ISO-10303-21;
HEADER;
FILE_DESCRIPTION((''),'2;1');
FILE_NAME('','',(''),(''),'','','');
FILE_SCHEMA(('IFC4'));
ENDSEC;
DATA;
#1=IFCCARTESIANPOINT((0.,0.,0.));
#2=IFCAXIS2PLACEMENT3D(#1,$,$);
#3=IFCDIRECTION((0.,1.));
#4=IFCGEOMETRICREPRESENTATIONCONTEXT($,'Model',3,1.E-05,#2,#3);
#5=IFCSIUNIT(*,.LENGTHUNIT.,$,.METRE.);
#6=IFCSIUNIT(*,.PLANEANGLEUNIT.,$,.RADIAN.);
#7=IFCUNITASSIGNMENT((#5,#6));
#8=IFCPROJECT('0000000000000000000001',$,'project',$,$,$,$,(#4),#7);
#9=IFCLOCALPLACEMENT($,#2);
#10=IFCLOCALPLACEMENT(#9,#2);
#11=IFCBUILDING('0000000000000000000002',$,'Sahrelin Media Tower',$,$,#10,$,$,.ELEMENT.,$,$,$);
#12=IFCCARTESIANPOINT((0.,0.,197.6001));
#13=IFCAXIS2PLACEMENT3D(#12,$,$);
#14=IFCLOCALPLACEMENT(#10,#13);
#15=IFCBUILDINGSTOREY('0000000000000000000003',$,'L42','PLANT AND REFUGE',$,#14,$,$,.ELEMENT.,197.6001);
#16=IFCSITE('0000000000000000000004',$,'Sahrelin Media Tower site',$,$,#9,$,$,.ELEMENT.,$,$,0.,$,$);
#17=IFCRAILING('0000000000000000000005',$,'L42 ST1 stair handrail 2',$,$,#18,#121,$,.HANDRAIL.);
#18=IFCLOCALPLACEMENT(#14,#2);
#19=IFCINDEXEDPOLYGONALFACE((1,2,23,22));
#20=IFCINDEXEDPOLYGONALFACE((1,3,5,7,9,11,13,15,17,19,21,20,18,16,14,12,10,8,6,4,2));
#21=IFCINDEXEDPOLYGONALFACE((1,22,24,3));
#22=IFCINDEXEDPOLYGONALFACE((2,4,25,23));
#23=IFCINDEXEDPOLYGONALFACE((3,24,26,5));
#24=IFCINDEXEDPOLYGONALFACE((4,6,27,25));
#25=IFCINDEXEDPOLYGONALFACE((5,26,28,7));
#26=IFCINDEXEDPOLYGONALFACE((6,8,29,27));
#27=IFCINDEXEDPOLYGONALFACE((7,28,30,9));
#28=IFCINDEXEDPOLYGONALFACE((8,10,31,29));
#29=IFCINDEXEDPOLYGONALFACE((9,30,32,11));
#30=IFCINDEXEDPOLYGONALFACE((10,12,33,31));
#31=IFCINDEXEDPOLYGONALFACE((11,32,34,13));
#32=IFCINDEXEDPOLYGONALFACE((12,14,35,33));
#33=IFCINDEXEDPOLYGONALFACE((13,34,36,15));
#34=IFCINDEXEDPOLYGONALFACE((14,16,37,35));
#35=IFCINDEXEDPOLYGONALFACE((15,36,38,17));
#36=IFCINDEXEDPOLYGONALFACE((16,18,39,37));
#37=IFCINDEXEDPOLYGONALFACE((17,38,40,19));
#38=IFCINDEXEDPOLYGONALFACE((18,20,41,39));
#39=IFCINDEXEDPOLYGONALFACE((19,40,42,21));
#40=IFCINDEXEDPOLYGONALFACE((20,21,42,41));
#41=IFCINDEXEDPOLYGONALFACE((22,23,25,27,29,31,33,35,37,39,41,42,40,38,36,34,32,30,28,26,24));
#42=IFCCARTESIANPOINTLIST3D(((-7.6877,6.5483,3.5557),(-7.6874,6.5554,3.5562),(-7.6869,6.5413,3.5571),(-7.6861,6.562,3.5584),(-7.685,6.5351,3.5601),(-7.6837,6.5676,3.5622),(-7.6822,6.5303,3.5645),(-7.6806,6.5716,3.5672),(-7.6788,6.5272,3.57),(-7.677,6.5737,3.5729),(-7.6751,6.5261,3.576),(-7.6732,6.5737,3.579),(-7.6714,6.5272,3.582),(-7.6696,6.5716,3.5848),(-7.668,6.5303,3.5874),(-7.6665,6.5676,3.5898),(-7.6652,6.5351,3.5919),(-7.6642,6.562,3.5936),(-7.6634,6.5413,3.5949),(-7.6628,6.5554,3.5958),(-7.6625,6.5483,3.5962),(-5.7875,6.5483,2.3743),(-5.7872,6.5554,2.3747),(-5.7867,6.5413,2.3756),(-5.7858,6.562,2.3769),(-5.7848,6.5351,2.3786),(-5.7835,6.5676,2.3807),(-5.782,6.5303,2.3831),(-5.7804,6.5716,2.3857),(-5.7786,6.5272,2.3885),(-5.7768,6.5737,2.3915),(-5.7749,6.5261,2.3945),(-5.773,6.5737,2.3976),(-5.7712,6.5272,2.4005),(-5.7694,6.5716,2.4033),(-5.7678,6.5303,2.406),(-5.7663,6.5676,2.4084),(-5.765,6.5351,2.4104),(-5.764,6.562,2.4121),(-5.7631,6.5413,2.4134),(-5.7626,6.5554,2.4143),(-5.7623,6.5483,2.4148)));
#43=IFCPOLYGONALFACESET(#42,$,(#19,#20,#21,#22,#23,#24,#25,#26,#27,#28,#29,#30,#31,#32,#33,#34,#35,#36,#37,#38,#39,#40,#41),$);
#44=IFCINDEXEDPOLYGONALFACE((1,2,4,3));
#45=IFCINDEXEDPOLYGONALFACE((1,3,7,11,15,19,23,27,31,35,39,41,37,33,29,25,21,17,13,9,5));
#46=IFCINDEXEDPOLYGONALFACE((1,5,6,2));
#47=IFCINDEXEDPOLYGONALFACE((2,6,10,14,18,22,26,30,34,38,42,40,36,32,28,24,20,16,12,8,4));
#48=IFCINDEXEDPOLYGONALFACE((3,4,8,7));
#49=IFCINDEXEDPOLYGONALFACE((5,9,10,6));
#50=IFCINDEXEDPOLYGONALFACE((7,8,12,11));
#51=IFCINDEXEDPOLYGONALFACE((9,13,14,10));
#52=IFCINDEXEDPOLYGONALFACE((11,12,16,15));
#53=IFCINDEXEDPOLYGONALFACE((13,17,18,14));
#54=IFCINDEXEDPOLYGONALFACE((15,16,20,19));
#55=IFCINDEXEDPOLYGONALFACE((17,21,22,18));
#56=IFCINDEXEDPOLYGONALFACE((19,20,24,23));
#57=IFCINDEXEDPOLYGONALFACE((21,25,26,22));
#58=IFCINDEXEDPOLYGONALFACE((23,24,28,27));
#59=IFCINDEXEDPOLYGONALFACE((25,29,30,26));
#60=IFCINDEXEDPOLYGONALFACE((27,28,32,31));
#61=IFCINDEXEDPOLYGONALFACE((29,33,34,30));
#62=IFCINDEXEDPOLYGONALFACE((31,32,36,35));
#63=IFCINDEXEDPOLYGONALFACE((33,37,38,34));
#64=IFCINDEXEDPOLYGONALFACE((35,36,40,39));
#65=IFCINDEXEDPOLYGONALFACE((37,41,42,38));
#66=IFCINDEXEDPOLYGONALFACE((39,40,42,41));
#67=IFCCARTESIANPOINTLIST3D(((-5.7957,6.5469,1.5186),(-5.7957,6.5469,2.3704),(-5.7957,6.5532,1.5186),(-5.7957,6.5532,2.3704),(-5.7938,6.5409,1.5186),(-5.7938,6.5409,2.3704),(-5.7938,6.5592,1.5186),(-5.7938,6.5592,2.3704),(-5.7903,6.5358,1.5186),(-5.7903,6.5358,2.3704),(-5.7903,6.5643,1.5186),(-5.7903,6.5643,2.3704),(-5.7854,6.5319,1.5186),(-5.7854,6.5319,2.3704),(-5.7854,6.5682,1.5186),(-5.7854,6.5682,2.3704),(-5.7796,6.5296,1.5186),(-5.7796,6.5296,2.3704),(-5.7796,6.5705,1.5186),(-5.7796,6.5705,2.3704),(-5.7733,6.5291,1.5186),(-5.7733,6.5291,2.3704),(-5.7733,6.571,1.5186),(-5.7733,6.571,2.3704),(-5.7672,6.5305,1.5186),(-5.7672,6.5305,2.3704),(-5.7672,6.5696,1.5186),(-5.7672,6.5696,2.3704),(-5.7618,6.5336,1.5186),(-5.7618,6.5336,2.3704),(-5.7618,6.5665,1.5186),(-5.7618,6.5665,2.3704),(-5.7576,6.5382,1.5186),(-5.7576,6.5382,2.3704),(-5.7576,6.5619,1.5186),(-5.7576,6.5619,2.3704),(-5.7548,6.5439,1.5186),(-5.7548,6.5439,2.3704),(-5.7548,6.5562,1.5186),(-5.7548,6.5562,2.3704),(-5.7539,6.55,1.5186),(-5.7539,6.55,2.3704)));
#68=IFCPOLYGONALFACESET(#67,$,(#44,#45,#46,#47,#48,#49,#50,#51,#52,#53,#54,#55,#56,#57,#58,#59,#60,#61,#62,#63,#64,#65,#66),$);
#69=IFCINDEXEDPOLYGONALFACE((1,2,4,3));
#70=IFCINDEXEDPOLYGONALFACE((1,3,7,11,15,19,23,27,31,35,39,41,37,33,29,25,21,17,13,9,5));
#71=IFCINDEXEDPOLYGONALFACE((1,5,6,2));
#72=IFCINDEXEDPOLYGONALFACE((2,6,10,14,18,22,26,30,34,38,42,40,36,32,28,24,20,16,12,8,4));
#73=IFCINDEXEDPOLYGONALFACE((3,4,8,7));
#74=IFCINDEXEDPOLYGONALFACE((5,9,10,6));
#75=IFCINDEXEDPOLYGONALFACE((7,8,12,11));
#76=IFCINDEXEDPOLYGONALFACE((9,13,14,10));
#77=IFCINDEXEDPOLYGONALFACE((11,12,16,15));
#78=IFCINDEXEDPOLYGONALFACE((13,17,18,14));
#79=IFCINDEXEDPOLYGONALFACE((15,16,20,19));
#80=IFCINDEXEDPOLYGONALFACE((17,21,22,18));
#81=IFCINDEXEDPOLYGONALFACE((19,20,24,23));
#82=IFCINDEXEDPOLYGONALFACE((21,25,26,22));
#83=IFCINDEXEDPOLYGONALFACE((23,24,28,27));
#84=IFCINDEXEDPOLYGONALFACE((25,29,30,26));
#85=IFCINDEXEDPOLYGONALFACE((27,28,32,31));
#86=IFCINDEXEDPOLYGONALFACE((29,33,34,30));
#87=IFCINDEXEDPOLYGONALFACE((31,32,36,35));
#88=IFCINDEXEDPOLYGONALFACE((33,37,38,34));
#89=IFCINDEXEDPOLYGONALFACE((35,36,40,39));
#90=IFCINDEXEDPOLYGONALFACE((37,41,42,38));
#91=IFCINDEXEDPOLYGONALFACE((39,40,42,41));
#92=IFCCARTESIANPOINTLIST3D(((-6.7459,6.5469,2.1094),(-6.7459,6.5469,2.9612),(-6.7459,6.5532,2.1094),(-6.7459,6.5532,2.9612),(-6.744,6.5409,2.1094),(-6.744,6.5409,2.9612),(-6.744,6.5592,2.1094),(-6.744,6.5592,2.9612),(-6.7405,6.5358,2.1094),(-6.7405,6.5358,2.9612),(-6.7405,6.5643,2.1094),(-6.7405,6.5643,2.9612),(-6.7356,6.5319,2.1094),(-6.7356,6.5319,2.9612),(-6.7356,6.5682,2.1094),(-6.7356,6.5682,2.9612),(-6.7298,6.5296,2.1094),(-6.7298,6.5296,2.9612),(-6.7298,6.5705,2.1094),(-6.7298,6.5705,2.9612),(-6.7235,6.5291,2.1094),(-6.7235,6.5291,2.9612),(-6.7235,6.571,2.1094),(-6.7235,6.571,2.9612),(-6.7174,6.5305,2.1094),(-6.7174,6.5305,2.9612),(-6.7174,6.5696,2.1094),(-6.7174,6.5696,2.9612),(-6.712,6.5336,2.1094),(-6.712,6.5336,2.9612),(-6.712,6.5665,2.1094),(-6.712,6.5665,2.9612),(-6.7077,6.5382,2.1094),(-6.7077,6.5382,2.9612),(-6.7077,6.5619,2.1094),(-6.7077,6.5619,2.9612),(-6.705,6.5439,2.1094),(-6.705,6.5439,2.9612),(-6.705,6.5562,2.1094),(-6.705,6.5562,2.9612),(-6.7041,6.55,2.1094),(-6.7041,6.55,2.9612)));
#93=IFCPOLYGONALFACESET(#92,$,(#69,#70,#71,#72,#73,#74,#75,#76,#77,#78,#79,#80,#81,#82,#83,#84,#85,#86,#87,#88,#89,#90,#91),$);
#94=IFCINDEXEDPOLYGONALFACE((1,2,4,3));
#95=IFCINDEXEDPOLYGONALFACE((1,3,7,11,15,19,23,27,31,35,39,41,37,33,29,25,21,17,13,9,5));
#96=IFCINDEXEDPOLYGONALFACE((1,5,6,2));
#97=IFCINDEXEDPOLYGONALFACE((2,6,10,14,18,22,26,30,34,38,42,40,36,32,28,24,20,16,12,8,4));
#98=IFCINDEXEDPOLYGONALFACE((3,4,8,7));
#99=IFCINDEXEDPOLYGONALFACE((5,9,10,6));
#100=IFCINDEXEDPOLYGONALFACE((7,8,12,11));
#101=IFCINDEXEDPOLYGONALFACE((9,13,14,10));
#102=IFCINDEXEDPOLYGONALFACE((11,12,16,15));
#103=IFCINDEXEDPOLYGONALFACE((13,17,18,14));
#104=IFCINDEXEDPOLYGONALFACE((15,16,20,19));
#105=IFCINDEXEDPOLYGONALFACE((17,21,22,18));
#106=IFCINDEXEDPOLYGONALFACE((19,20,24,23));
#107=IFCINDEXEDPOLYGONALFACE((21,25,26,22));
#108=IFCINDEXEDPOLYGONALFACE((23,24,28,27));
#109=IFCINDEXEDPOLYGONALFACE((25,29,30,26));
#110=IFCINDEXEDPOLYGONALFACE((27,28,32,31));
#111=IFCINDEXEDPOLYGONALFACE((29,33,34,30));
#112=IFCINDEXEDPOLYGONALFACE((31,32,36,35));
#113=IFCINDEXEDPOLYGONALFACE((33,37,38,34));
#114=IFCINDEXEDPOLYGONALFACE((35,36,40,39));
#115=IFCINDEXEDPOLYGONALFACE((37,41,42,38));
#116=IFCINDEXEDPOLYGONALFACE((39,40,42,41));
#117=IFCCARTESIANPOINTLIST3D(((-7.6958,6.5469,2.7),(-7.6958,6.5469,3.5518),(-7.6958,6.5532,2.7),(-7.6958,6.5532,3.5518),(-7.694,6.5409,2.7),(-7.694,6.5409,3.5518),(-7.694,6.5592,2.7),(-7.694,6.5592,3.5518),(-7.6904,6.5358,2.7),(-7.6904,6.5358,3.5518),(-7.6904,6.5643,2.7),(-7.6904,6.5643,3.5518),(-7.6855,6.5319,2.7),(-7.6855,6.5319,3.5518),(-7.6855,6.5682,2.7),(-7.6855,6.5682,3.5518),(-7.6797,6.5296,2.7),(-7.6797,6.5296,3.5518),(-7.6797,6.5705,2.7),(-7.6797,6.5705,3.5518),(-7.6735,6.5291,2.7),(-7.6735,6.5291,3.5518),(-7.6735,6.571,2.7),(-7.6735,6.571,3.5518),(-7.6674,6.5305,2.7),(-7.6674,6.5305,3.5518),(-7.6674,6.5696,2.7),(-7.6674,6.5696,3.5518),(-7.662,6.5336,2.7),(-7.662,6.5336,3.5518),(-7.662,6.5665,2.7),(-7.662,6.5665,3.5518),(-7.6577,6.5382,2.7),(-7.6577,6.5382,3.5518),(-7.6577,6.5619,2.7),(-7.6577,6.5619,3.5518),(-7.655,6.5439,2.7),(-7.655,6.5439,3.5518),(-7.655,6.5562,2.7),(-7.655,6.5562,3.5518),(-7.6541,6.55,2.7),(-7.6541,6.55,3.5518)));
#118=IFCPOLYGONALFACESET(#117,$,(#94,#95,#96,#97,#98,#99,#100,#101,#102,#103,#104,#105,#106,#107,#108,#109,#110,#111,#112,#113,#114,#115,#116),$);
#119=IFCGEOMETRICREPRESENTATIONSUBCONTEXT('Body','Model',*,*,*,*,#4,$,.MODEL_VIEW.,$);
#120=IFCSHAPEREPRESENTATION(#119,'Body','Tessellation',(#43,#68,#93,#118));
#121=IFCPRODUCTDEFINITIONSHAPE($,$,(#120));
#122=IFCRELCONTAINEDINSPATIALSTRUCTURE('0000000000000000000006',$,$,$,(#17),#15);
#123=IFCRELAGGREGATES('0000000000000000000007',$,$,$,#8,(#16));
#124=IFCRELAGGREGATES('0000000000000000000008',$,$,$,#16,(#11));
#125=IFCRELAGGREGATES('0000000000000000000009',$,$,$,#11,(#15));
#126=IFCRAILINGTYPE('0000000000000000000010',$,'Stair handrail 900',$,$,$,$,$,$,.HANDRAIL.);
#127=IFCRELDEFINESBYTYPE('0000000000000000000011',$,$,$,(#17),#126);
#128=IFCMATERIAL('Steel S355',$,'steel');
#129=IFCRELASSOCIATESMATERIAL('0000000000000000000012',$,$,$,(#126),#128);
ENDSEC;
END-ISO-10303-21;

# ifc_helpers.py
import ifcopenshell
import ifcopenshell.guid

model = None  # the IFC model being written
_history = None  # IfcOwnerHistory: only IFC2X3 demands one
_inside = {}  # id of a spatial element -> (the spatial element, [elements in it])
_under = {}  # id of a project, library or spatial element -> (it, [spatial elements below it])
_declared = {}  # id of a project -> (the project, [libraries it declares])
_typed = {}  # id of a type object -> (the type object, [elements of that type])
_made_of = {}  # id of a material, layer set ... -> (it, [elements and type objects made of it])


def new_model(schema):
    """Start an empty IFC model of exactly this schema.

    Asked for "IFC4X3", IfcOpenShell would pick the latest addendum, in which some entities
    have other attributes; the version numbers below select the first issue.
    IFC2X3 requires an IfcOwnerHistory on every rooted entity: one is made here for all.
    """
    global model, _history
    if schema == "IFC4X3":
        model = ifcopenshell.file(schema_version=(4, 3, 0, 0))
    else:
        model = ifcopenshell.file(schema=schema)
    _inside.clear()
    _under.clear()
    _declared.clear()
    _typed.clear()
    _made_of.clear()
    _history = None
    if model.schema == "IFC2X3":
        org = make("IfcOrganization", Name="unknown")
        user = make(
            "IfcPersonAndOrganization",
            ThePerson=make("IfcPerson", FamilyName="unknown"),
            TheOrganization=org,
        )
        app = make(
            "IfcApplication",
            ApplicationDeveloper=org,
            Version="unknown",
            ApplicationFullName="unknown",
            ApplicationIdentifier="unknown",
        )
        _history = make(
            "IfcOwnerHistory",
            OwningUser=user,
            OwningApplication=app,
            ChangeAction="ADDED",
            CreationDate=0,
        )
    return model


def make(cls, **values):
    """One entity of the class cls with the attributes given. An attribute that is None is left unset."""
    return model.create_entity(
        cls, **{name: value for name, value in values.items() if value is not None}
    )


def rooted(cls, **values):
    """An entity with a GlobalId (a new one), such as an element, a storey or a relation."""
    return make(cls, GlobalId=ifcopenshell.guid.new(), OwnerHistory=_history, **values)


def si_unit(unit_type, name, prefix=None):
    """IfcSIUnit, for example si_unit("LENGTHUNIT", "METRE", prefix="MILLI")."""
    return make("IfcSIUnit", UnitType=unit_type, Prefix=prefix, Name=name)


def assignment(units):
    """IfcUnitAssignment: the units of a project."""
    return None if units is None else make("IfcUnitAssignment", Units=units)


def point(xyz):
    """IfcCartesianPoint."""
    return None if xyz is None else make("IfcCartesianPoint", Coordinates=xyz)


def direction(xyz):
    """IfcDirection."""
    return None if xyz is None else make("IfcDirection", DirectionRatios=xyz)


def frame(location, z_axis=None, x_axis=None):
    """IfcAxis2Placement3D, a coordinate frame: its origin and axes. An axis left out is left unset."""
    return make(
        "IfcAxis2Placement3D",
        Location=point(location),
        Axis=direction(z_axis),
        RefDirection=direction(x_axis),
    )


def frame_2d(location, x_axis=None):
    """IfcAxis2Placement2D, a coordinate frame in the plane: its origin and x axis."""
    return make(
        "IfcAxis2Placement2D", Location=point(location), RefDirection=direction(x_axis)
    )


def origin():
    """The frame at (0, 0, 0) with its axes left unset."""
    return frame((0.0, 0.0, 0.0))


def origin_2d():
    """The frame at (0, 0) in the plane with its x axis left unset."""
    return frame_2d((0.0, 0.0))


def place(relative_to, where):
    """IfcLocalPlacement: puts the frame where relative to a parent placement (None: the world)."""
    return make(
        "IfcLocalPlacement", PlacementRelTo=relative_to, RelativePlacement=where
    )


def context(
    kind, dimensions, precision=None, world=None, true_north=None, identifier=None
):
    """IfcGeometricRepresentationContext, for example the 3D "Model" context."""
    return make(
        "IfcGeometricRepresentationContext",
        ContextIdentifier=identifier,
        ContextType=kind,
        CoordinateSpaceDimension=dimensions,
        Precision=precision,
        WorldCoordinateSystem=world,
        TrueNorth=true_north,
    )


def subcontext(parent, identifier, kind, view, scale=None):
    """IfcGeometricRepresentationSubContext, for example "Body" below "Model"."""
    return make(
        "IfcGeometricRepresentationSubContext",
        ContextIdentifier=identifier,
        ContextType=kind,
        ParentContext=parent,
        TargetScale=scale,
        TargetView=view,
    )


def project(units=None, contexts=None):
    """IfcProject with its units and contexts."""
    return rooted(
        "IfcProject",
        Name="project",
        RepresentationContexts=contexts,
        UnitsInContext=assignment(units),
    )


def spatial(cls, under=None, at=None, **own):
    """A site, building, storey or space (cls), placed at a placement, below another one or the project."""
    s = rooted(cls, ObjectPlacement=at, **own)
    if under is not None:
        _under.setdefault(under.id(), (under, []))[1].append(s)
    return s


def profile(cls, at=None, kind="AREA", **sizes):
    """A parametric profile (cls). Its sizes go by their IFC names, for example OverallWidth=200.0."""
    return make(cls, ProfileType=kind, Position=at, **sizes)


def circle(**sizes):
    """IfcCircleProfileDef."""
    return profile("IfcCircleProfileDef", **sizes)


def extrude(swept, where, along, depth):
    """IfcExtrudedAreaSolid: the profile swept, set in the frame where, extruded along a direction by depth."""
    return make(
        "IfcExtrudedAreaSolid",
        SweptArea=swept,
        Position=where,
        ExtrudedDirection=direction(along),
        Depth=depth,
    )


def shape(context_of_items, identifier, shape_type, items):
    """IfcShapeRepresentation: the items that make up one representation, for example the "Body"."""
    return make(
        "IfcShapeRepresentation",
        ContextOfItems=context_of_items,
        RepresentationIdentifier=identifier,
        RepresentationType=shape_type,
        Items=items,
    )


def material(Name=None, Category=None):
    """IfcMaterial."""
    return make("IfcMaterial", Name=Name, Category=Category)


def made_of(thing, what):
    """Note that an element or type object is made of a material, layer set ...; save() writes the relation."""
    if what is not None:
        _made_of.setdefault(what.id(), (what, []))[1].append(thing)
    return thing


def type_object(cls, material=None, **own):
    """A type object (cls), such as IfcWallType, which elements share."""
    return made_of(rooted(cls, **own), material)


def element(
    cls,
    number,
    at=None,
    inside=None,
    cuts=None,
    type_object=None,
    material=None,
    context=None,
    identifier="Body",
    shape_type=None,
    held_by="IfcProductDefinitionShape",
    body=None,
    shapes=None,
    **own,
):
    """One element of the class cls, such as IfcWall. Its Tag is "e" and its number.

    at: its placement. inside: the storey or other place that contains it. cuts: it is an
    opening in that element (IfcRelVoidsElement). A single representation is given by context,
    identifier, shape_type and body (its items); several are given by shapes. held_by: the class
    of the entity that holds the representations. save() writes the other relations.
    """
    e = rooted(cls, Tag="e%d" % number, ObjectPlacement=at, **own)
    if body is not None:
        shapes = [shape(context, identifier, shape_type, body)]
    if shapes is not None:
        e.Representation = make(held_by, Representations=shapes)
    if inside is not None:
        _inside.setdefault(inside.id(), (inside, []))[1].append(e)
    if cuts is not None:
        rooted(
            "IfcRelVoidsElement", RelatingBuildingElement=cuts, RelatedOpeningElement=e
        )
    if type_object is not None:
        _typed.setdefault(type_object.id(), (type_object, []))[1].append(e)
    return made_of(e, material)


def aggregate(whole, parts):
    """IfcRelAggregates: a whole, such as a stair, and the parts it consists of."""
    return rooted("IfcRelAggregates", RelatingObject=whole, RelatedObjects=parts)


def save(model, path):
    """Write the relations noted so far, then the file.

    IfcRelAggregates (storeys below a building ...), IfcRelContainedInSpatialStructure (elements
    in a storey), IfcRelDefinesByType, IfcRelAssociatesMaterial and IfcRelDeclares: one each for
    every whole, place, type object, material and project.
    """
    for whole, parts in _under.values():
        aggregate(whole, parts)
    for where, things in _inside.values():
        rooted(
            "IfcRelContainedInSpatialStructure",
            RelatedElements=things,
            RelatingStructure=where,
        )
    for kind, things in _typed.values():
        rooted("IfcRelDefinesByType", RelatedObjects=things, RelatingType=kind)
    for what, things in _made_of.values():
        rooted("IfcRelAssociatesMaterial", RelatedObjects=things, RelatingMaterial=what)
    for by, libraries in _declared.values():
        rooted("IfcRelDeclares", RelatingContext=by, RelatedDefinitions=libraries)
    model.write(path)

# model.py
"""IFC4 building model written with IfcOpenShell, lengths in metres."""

from ifc_helpers import new_model, si_unit, direction, frame, origin, origin_2d, place, context, subcontext, project, spatial, circle, extrude, material, type_object, element, save


model = new_model("IFC4")

# Units and contexts
model_context = context("Model", 3, precision=1e-05, world=origin(), true_north=direction((0.0, 1.0)))
body_context = subcontext(model_context, "Body", "Model", "MODEL_VIEW")
ifc_project = project(units=[si_unit("LENGTHUNIT", "METRE"), si_unit("PLANEANGLEUNIT", "RADIAN")], contexts=[model_context])

# Site, building, storey
site_placement = place(None, origin())
site = spatial("IfcSite", under=ifc_project, at=site_placement, Name="Sahrelin Media Tower site", CompositionType="ELEMENT", RefElevation=0.0)
building_placement = place(site_placement, origin())
building = spatial("IfcBuilding", under=site, at=building_placement, Name="Sahrelin Media Tower", CompositionType="ELEMENT")
storey_placement = place(building_placement, frame((0.0, 0.0, 197.6001)))
storey = spatial("IfcBuildingStorey", under=building, at=storey_placement, Name="L42", Description="PLANT AND REFUGE", CompositionType="ELEMENT", Elevation=197.6001)

# Shared definitions
ifc_material_1 = material(Name="Steel S355", Category="steel")

# Railing
railing_type_1 = type_object("IfcRailingType", Name="Stair handrail 900", PredefinedType="HANDRAIL", material=ifc_material_1)
railing_1_placement = place(storey_placement, frame((-5.7749, 6.55, 1.5186)))
element("IfcRailing", 1, at=railing_1_placement, inside=storey, type_object=railing_type_1, Name="L42 ST1 stair handrail 2", PredefinedType="HANDRAIL", context=body_context, shape_type="SweptSolid", body=[
    extrude(circle(Radius=0.0239, at=origin_2d()), frame((0.0, 0.0, 0.876), z_axis=(-0.84924, 0.0, 0.528006), x_axis=(0.0, -1.0, 0.0)), (0.0, 0.0, 1.0), 2.2375),
    extrude(circle(Radius=0.021, at=origin_2d()), origin(), (0.0, 0.0, 1.0), 0.8518),
    extrude(circle(Radius=0.021, at=origin_2d()), frame((-0.9502, 0.0, 0.5908)), (0.0, 0.0, 1.0), 0.8518),
    extrude(circle(Radius=0.021, at=origin_2d()), frame((-1.9001, 0.0, 1.1814)), (0.0, 0.0, 1.0), 0.8518),
])

save(model, "model.ifc")
